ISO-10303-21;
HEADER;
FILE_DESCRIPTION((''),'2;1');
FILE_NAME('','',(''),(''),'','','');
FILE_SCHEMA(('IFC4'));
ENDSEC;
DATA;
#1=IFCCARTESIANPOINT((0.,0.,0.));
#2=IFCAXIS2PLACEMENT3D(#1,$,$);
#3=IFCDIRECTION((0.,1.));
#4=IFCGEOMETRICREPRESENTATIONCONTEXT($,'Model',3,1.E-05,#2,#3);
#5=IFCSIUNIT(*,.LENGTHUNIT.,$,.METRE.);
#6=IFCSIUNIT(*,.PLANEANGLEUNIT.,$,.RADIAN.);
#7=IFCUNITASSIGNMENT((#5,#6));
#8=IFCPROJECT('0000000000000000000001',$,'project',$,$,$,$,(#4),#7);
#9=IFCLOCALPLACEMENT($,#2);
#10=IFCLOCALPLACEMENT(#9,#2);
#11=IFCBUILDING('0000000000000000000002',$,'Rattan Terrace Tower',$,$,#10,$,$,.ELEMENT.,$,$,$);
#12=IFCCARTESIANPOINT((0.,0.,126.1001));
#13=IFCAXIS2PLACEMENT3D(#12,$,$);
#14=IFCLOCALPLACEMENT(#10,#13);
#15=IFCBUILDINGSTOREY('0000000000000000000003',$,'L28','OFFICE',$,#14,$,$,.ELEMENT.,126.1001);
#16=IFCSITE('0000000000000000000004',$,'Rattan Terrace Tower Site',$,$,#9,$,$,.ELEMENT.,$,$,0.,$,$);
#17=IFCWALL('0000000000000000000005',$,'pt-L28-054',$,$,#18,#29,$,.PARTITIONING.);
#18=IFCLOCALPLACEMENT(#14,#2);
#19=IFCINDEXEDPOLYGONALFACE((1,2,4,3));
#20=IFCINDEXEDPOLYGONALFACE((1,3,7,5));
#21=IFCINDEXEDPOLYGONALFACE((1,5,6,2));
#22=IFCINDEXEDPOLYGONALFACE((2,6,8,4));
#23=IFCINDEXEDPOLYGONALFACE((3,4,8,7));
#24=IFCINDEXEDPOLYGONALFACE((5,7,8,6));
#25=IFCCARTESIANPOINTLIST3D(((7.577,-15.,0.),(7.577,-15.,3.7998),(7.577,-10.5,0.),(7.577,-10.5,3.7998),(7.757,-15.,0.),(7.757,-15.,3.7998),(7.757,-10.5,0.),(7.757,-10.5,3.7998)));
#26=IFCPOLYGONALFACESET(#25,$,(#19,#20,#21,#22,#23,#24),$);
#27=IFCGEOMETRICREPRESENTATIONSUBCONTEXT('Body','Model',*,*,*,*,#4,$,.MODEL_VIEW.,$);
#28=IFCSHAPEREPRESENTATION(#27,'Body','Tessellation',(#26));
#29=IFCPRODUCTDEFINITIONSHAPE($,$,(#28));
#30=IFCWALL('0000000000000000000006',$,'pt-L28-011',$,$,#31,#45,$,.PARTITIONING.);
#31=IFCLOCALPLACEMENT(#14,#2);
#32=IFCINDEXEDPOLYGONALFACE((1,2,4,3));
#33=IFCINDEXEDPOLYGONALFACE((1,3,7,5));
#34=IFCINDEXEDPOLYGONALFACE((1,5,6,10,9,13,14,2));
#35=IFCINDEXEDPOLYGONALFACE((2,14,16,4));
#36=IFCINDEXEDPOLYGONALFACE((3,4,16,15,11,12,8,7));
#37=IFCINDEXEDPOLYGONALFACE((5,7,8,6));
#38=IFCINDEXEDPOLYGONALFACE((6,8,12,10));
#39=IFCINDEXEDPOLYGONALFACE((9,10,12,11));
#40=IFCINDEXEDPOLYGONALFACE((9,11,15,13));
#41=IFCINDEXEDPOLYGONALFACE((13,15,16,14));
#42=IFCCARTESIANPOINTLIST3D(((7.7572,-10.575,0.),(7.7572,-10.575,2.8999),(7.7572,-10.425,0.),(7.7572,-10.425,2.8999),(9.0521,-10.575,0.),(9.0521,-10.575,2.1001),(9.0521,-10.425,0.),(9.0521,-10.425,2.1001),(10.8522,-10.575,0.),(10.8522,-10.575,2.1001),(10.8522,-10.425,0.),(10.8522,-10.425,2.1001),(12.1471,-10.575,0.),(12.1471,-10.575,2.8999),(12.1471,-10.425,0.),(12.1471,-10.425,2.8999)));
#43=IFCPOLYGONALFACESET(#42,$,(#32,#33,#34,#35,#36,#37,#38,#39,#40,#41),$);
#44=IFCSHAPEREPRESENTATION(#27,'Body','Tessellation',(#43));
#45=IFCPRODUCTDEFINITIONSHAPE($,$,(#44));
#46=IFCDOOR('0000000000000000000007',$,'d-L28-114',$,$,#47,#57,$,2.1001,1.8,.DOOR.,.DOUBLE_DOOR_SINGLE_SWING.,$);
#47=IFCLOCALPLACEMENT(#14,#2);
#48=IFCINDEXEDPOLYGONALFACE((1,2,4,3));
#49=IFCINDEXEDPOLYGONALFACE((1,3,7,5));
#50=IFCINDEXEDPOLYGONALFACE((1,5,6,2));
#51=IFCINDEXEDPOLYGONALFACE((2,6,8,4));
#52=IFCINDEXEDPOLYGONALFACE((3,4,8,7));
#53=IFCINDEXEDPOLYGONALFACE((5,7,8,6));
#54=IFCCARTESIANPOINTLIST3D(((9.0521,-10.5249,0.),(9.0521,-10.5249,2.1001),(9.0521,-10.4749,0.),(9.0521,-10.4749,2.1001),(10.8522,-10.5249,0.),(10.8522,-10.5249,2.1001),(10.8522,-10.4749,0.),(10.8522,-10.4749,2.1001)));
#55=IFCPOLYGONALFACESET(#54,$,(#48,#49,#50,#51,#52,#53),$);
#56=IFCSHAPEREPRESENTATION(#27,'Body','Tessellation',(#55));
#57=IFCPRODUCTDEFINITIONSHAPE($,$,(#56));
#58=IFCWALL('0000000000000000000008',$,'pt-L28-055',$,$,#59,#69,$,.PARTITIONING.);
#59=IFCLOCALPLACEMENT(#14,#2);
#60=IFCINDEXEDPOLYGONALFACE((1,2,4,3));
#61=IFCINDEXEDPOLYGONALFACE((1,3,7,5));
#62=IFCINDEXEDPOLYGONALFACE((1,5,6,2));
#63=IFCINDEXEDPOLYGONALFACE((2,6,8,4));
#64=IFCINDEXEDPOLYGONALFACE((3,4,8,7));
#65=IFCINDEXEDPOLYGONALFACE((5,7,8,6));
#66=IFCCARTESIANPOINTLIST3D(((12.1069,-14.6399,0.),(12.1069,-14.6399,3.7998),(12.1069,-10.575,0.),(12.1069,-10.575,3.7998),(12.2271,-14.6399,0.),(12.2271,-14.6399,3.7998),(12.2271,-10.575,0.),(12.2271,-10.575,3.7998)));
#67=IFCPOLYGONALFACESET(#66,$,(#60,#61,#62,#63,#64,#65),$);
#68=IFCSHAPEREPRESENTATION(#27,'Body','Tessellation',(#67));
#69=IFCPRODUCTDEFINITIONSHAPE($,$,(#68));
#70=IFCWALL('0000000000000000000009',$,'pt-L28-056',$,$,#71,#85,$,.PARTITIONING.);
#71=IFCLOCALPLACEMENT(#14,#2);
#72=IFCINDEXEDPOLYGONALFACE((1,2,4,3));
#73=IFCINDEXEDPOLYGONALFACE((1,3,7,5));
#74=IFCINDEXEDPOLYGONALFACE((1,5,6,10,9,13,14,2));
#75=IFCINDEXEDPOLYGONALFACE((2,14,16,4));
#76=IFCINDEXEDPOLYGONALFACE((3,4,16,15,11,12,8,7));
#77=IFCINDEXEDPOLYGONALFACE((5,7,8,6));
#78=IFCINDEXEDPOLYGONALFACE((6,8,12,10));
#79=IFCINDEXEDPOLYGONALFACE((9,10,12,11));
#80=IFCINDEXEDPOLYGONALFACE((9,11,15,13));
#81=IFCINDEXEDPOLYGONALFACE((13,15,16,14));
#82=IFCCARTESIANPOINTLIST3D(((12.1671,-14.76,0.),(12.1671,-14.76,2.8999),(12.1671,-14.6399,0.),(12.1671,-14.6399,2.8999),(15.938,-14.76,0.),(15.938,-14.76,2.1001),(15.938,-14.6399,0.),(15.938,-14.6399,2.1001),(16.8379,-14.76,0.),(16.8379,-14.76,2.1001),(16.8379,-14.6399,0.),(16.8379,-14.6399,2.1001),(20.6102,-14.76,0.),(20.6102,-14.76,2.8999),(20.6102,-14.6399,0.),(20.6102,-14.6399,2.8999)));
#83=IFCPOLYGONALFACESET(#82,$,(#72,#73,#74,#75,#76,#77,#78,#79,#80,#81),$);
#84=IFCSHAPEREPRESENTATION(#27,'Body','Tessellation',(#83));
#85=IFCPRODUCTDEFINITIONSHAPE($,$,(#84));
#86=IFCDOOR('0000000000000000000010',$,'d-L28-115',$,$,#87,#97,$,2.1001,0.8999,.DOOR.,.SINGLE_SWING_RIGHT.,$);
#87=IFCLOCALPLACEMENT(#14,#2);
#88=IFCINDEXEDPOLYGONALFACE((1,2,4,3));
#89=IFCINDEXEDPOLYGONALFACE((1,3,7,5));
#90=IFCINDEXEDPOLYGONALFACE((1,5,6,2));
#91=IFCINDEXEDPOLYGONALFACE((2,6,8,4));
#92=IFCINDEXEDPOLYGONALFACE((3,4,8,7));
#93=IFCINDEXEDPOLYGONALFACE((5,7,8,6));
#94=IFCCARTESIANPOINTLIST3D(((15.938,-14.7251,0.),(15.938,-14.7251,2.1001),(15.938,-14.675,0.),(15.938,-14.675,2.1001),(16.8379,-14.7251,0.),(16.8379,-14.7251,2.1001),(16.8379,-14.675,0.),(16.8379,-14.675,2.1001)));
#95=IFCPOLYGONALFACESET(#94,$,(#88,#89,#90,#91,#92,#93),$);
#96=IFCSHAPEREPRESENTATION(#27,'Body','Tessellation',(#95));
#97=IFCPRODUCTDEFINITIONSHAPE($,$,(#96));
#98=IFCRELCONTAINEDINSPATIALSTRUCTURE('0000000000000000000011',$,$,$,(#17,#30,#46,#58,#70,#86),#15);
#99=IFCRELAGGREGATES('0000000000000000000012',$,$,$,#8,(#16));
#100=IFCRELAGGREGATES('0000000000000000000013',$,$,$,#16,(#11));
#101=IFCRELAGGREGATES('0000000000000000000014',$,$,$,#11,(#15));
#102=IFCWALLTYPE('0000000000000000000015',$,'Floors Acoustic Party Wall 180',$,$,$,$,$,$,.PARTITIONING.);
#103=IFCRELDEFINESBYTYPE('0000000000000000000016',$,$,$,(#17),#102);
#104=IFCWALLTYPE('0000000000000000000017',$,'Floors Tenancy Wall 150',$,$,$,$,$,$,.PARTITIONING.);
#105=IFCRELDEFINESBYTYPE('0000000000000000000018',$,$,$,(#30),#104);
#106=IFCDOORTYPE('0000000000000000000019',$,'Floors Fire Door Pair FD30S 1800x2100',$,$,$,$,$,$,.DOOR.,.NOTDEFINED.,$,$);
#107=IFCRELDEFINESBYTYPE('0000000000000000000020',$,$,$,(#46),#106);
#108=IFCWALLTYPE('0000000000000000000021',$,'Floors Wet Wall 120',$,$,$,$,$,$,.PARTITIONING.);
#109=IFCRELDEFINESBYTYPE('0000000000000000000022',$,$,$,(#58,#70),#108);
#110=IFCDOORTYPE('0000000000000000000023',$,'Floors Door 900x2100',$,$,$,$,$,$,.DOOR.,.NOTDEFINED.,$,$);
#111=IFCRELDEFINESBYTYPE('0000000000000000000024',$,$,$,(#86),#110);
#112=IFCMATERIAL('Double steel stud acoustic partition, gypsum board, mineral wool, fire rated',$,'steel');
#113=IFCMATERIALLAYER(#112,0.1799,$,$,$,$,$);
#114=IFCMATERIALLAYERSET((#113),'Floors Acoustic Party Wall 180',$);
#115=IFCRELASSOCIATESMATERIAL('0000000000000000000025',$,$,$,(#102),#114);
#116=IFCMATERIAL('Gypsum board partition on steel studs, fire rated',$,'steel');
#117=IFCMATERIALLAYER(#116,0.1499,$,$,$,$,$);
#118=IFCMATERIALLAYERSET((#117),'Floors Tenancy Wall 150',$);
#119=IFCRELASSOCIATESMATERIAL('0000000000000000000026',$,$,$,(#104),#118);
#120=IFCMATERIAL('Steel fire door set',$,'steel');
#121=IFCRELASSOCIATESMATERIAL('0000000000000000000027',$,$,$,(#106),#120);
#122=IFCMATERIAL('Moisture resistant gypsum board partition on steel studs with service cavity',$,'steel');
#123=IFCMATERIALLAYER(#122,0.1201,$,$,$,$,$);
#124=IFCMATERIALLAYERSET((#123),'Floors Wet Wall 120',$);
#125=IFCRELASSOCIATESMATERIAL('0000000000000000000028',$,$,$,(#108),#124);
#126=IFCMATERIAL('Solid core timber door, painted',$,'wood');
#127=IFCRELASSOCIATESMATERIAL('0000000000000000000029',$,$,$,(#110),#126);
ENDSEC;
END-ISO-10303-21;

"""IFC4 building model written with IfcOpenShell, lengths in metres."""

from ifc_helpers import new_model, si_unit, direction, frame, frame_2d, origin, place, context, subcontext, project, spatial, rectangle, extrude, material, layer, layer_set, type_object, element, fill, save


model = new_model("IFC4")

# Units and contexts
model_context = context("Model", 3, precision=1e-05, world=origin(), true_north=direction((0.0, 1.0)))
body_context = subcontext(model_context, "Body", "Model", "MODEL_VIEW")
ifc_project = project(units=[si_unit("LENGTHUNIT", "METRE"), si_unit("PLANEANGLEUNIT", "RADIAN")], contexts=[model_context])

# Site, building, storey
site_placement = place(None, origin())
site = spatial("IfcSite", under=ifc_project, at=site_placement, Name="Rattan Terrace Tower Site", CompositionType="ELEMENT", RefElevation=0.0)
building_placement = place(site_placement, origin())
building = spatial("IfcBuilding", under=site, at=building_placement, Name="Rattan Terrace Tower", CompositionType="ELEMENT")
storey_placement = place(building_placement, frame((0.0, 0.0, 126.1001)))
storey = spatial("IfcBuildingStorey", under=building, at=storey_placement, Name="L28", Description="OFFICE", CompositionType="ELEMENT", Elevation=126.1001)

# Wall
ifc_material_1 = material(Name="Double steel stud acoustic partition, gypsum board, mineral wool, fire rated", Category="steel")
ifc_layer_1 = layer(ifc_material_1, 0.1799)
ifc_layer_set_1 = layer_set([ifc_layer_1], Name="Floors Acoustic Party Wall 180")
wall_type_1 = type_object("IfcWallType", Name="Floors Acoustic Party Wall 180", PredefinedType="PARTITIONING", material=ifc_layer_set_1)
wall_1_placement = place(storey_placement, frame((7.667, -10.5, 0.0), z_axis=(0.0, 0.0, 1.0), x_axis=(0.0, -1.0, 0.0)))
element("IfcWall", 1, at=wall_1_placement, inside=storey, type_object=wall_type_1, Name="pt-L28-054", PredefinedType="PARTITIONING", context=body_context, shape_type="SweptSolid", body=[
    extrude(rectangle(XDim=4.5, YDim=0.1799, at=frame_2d((2.25, 0.0))), origin(), (0.0, 0.0, 1.0), 3.7998),
])

# Wall, opening, door
ifc_material_2 = material(Name="Gypsum board partition on steel studs, fire rated", Category="steel")
ifc_layer_2 = layer(ifc_material_2, 0.1499)
ifc_layer_set_2 = layer_set([ifc_layer_2], Name="Floors Tenancy Wall 150")
wall_type_2 = type_object("IfcWallType", Name="Floors Tenancy Wall 150", PredefinedType="PARTITIONING", material=ifc_layer_set_2)
wall_2_placement = place(storey_placement, frame((12.147, -10.5, 0.0), z_axis=(0.0, 0.0, 1.0), x_axis=(-1.0, 0.0, 0.0)))
wall_2 = element("IfcWall", 2, at=wall_2_placement, inside=storey, type_object=wall_type_2, Name="pt-L28-011", PredefinedType="PARTITIONING", context=body_context, shape_type="SweptSolid", body=[
    extrude(rectangle(XDim=4.3899, YDim=0.1499, at=frame_2d((2.1948, 0.0))), origin(), (0.0, 0.0, 1.0), 2.8999),
])
opening_1_placement = place(wall_2_placement, frame((1.2949, 0.0, 0.0)))
opening_1 = element("IfcOpeningElement", 3, at=opening_1_placement, cuts=wall_2, PredefinedType="OPENING", context=body_context, shape_type="SweptSolid", body=[
    extrude(rectangle(XDim=1.8, YDim=2.1001, at=frame_2d((0.8999, 1.05))), frame((0.0, 0.0854, 0.0), z_axis=(0.0, -1.0, 0.0), x_axis=(1.0, 0.0, 0.0)), (0.0, 0.0, 1.0), 0.1709),
])
ifc_material_3 = material(Name="Steel fire door set", Category="steel")
door_type_1 = type_object("IfcDoorType", Name="Floors Fire Door Pair FD30S 1800x2100", OperationType="NOTDEFINED", PredefinedType="DOOR", material=ifc_material_3)
door_1_placement = place(opening_1_placement, origin())
door_1 = element("IfcDoor", 4, at=door_1_placement, inside=storey, type_object=door_type_1, Name="d-L28-114", OperationType="DOUBLE_DOOR_SINGLE_SWING", OverallHeight=2.1001, OverallWidth=1.8, PredefinedType="DOOR", context=body_context, shape_type="SweptSolid", body=[
    extrude(rectangle(XDim=1.8, YDim=2.1001, at=frame_2d((0.8999, 1.05))), frame((0.0, 0.0249, 0.0), z_axis=(0.0, -1.0, 0.0), x_axis=(1.0, 0.0, 0.0)), (0.0, 0.0, 1.0), 0.05),
])
fill(opening_1, door_1)

# Wall
ifc_material_4 = material(Name="Moisture resistant gypsum board partition on steel studs with service cavity", Category="steel")
ifc_layer_3 = layer(ifc_material_4, 0.1201)
ifc_layer_set_3 = layer_set([ifc_layer_3], Name="Floors Wet Wall 120")
wall_type_3 = type_object("IfcWallType", Name="Floors Wet Wall 120", PredefinedType="PARTITIONING", material=ifc_layer_set_3)
wall_3_placement = place(storey_placement, frame((12.167, -10.575, 0.0), z_axis=(0.0, 0.0, 1.0), x_axis=(0.0, -1.0, 0.0)))
element("IfcWall", 5, at=wall_3_placement, inside=storey, type_object=wall_type_3, Name="pt-L28-055", PredefinedType="PARTITIONING", context=body_context, shape_type="SweptSolid", body=[
    extrude(rectangle(XDim=4.0649, YDim=0.1201, at=frame_2d((2.0325, 0.0))), origin(), (0.0, 0.0, 1.0), 3.7998),
])

# Wall, opening, door
wall_4_placement = place(storey_placement, frame((12.167, -14.7, 0.0), z_axis=(0.0, 0.0, 1.0), x_axis=(1.0, 0.0, 0.0)))
wall_4 = element("IfcWall", 6, at=wall_4_placement, inside=storey, type_object=wall_type_3, Name="pt-L28-056", PredefinedType="PARTITIONING", context=body_context, shape_type="SweptSolid", body=[
    extrude(rectangle(XDim=8.4431, YDim=0.1201, at=frame_2d((4.2217, 0.0))), origin(), (0.0, 0.0, 1.0), 2.8999),
])
opening_2_placement = place(wall_4_placement, frame((3.771, 0.0, 0.0)))
opening_2 = element("IfcOpeningElement", 7, at=opening_2_placement, cuts=wall_4, PredefinedType="OPENING", context=body_context, shape_type="SweptSolid", body=[
    extrude(rectangle(XDim=0.8999, YDim=2.1001, at=frame_2d((0.45, 1.05))), frame((0.0, 0.0706, 0.0), z_axis=(0.0, -1.0, 0.0), x_axis=(1.0, 0.0, 0.0)), (0.0, 0.0, 1.0), 0.1411),
])
ifc_material_5 = material(Name="Solid core timber door, painted", Category="wood")
door_type_2 = type_object("IfcDoorType", Name="Floors Door 900x2100", OperationType="NOTDEFINED", PredefinedType="DOOR", material=ifc_material_5)
door_2_placement = place(opening_2_placement, origin())
door_2 = element("IfcDoor", 8, at=door_2_placement, inside=storey, type_object=door_type_2, Name="d-L28-115", OperationType="SINGLE_SWING_RIGHT", OverallHeight=2.1001, OverallWidth=0.8999, PredefinedType="DOOR", context=body_context, shape_type="SweptSolid", body=[
    extrude(rectangle(XDim=0.8999, YDim=2.1001, at=frame_2d((0.45, 1.05))), frame((0.0, 0.0249, 0.0), z_axis=(0.0, -1.0, 0.0), x_axis=(1.0, 0.0, 0.0)), (0.0, 0.0, 1.0), 0.05),
])
fill(opening_2, door_2)

save(model, "model.ifc")
